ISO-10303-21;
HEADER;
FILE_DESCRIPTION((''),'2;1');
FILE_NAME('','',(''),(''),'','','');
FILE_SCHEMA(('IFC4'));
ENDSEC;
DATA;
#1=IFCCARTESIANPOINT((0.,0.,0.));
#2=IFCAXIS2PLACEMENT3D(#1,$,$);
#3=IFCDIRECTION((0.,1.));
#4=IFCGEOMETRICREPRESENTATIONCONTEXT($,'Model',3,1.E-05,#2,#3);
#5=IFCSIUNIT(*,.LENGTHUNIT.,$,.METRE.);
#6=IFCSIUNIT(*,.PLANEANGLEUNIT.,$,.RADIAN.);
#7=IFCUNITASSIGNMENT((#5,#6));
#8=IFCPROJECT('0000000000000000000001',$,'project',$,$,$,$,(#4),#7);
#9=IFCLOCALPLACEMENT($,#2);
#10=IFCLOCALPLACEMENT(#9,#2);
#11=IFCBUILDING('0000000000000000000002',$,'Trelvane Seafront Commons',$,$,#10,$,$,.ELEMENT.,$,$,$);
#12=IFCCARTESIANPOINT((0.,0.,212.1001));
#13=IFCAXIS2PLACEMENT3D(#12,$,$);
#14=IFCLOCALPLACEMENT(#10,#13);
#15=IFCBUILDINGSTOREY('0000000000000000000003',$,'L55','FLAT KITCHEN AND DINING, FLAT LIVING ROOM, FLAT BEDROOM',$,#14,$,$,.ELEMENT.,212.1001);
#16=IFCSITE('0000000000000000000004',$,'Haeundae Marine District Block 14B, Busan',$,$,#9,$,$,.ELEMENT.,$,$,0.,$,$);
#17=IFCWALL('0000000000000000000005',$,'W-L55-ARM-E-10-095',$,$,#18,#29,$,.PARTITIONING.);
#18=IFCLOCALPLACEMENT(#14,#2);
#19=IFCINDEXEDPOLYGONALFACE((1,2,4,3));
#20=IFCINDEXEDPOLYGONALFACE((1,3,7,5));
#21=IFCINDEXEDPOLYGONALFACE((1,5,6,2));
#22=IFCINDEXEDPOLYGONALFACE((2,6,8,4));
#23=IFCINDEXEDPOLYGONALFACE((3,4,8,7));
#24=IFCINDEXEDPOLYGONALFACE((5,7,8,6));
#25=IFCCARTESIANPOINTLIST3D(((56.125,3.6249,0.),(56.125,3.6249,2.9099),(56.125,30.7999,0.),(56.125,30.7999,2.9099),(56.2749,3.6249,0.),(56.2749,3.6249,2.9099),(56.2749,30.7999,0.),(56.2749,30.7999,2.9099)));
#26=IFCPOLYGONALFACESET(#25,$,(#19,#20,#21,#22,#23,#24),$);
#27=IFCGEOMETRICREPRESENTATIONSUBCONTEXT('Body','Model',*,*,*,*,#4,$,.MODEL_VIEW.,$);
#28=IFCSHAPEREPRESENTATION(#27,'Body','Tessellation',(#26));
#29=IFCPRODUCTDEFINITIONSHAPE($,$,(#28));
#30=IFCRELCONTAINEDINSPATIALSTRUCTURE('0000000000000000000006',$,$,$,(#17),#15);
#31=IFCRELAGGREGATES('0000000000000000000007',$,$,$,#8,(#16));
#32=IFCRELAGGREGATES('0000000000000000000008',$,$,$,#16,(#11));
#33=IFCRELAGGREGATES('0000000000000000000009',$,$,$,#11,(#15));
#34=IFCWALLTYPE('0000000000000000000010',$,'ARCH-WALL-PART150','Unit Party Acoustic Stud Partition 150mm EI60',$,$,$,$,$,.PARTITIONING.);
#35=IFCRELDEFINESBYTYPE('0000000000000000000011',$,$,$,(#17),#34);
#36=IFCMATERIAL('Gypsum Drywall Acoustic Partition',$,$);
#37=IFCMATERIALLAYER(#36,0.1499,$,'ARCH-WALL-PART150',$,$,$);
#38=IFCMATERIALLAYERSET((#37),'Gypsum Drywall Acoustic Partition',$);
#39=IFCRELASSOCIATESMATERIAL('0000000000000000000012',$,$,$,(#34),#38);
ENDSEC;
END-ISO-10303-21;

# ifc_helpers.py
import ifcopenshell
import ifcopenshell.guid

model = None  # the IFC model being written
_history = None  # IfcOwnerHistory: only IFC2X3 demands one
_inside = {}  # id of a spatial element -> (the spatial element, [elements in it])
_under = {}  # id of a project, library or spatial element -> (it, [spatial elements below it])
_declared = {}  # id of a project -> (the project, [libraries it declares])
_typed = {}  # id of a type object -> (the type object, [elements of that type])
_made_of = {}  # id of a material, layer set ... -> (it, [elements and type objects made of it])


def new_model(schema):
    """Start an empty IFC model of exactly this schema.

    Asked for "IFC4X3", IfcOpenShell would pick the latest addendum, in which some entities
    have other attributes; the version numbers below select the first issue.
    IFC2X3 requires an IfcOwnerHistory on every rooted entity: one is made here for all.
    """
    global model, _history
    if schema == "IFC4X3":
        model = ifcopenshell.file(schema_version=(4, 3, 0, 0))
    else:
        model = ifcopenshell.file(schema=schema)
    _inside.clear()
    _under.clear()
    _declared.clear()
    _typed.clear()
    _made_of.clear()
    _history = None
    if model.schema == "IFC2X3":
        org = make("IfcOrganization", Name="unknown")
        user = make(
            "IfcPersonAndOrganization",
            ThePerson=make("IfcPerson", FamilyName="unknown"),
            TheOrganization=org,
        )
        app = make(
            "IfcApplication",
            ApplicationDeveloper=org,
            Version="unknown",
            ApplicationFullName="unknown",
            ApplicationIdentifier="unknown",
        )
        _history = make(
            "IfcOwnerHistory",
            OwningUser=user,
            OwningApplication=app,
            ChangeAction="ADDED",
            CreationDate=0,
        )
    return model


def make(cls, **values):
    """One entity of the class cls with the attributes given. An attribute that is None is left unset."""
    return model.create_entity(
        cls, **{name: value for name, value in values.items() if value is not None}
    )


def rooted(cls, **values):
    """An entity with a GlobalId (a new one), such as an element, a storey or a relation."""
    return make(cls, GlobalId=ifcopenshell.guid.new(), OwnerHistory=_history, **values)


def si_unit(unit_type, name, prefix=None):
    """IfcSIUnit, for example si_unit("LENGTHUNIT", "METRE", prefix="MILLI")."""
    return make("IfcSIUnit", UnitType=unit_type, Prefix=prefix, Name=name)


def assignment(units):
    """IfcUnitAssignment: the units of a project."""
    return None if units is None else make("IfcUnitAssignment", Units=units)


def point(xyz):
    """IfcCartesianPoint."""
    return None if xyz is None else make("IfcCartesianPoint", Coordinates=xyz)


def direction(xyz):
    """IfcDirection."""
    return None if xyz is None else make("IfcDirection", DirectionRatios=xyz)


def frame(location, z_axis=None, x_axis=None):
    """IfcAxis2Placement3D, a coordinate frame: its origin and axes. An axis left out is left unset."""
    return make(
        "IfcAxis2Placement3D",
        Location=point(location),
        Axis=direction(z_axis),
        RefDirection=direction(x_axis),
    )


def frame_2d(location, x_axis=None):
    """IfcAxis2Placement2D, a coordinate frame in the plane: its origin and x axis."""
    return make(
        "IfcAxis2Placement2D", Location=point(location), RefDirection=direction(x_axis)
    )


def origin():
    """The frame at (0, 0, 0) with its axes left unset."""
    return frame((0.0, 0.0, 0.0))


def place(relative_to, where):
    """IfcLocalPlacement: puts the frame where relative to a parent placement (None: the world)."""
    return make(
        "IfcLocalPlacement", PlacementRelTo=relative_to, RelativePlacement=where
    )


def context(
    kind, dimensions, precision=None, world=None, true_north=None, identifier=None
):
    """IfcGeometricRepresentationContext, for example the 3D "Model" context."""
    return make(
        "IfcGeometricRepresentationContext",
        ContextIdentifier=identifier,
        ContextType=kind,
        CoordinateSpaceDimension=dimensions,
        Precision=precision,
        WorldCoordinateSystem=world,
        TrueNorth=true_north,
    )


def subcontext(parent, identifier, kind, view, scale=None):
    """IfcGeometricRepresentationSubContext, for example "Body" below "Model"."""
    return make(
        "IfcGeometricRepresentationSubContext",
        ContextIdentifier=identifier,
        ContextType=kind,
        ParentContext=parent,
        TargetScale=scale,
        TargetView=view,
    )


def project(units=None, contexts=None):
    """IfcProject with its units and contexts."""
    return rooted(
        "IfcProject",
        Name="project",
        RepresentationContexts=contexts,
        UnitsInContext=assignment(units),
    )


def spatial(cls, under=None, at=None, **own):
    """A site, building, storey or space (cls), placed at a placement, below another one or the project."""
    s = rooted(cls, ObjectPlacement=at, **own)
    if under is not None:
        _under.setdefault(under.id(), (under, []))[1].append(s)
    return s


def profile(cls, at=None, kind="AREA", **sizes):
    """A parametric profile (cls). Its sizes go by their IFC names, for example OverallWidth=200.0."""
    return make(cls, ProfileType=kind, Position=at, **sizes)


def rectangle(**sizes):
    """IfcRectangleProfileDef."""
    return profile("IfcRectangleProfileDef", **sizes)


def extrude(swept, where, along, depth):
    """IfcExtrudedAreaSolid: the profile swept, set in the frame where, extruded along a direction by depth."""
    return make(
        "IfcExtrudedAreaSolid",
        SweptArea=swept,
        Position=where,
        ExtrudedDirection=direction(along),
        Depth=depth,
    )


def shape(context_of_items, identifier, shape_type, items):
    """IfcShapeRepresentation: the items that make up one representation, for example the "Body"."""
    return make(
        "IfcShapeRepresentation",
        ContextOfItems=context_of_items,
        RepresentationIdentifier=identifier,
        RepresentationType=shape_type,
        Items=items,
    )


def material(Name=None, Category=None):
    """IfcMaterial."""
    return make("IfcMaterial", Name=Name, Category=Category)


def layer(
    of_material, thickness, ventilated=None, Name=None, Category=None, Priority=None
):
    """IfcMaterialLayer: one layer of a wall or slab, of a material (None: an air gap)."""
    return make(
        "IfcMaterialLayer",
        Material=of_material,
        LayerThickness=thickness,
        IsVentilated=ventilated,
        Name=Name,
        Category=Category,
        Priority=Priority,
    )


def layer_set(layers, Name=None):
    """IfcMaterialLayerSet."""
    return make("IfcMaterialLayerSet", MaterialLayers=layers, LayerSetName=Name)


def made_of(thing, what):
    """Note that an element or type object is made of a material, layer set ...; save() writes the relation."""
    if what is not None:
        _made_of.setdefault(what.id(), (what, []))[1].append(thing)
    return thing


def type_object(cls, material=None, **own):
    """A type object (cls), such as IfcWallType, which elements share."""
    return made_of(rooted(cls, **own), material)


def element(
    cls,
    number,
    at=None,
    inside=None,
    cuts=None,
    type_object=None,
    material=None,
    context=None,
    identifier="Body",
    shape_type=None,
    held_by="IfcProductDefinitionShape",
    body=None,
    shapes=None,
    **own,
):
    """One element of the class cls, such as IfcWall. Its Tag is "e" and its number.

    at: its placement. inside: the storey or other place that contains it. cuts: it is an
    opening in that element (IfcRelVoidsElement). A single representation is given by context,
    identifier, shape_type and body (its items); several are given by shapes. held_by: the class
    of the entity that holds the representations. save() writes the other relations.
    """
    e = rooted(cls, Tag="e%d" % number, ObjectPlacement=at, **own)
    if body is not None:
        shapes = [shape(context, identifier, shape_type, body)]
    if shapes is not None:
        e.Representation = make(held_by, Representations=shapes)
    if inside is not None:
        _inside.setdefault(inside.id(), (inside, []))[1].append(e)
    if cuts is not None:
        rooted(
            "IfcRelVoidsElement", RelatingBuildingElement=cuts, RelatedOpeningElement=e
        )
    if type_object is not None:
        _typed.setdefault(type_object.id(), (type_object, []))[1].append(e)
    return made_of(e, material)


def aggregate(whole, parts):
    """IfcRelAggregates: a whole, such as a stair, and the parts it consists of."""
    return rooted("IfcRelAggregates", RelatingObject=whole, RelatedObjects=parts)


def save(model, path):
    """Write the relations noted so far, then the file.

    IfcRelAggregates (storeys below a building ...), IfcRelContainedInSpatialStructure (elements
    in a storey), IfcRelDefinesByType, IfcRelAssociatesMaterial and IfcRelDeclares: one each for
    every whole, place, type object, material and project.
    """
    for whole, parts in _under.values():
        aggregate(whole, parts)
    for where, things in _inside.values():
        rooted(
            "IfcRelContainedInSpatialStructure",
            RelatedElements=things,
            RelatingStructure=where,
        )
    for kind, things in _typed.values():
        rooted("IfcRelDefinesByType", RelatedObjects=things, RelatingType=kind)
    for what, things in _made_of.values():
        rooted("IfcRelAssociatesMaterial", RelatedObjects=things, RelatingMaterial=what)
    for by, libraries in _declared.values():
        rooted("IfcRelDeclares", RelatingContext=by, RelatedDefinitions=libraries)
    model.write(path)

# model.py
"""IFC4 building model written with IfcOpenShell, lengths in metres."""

from ifc_helpers import new_model, si_unit, direction, frame, frame_2d, origin, place, context, subcontext, project, spatial, rectangle, extrude, material, layer, layer_set, type_object, element, save


model = new_model("IFC4")

# Units and contexts
model_context = context("Model", 3, precision=1e-05, world=origin(), true_north=direction((0.0, 1.0)))
body_context = subcontext(model_context, "Body", "Model", "MODEL_VIEW")
ifc_project = project(units=[si_unit("LENGTHUNIT", "METRE"), si_unit("PLANEANGLEUNIT", "RADIAN")], contexts=[model_context])

# Site, building, storey
site_placement = place(None, origin())
site = spatial("IfcSite", under=ifc_project, at=site_placement, Name="Haeundae Marine District Block 14B, Busan", CompositionType="ELEMENT", RefElevation=0.0)
building_placement = place(site_placement, origin())
building = spatial("IfcBuilding", under=site, at=building_placement, Name="Trelvane Seafront Commons", CompositionType="ELEMENT")
storey_placement = place(building_placement, frame((0.0, 0.0, 212.1001)))
storey = spatial("IfcBuildingStorey", under=building, at=storey_placement, Name="L55", Description="FLAT KITCHEN AND DINING, FLAT LIVING ROOM, FLAT BEDROOM", CompositionType="ELEMENT", Elevation=212.1001)

# Shared definitions
ifc_material_1 = material(Name="Gypsum Drywall Acoustic Partition")

# Wall
ifc_layer_1 = layer(ifc_material_1, 0.1499, Name="ARCH-WALL-PART150")
ifc_layer_set_1 = layer_set([ifc_layer_1], Name="Gypsum Drywall Acoustic Partition")
wall_type_1 = type_object("IfcWallType", Name="ARCH-WALL-PART150", Description="Unit Party Acoustic Stud Partition 150mm EI60", PredefinedType="PARTITIONING", material=ifc_layer_set_1)
for number, where, z_axis, x_axis, name in (
    (1, (56.2, 3.625, 0.0), (0.0, 0.0, 1.0), (0.0, 1.0, 0.0), "W-L55-ARM-E-10-095"),
):
    element("IfcWall", number, at=place(storey_placement, frame(where, z_axis=z_axis, x_axis=x_axis)), inside=storey, type_object=wall_type_1, Name=name, PredefinedType="PARTITIONING", context=body_context, shape_type="SweptSolid", body=[
        extrude(rectangle(XDim=27.175, YDim=0.1499, at=frame_2d((13.5874, 0.0))), origin(), (0.0, 0.0, 1.0), 2.9099),
    ])

save(model, "model.ifc")
